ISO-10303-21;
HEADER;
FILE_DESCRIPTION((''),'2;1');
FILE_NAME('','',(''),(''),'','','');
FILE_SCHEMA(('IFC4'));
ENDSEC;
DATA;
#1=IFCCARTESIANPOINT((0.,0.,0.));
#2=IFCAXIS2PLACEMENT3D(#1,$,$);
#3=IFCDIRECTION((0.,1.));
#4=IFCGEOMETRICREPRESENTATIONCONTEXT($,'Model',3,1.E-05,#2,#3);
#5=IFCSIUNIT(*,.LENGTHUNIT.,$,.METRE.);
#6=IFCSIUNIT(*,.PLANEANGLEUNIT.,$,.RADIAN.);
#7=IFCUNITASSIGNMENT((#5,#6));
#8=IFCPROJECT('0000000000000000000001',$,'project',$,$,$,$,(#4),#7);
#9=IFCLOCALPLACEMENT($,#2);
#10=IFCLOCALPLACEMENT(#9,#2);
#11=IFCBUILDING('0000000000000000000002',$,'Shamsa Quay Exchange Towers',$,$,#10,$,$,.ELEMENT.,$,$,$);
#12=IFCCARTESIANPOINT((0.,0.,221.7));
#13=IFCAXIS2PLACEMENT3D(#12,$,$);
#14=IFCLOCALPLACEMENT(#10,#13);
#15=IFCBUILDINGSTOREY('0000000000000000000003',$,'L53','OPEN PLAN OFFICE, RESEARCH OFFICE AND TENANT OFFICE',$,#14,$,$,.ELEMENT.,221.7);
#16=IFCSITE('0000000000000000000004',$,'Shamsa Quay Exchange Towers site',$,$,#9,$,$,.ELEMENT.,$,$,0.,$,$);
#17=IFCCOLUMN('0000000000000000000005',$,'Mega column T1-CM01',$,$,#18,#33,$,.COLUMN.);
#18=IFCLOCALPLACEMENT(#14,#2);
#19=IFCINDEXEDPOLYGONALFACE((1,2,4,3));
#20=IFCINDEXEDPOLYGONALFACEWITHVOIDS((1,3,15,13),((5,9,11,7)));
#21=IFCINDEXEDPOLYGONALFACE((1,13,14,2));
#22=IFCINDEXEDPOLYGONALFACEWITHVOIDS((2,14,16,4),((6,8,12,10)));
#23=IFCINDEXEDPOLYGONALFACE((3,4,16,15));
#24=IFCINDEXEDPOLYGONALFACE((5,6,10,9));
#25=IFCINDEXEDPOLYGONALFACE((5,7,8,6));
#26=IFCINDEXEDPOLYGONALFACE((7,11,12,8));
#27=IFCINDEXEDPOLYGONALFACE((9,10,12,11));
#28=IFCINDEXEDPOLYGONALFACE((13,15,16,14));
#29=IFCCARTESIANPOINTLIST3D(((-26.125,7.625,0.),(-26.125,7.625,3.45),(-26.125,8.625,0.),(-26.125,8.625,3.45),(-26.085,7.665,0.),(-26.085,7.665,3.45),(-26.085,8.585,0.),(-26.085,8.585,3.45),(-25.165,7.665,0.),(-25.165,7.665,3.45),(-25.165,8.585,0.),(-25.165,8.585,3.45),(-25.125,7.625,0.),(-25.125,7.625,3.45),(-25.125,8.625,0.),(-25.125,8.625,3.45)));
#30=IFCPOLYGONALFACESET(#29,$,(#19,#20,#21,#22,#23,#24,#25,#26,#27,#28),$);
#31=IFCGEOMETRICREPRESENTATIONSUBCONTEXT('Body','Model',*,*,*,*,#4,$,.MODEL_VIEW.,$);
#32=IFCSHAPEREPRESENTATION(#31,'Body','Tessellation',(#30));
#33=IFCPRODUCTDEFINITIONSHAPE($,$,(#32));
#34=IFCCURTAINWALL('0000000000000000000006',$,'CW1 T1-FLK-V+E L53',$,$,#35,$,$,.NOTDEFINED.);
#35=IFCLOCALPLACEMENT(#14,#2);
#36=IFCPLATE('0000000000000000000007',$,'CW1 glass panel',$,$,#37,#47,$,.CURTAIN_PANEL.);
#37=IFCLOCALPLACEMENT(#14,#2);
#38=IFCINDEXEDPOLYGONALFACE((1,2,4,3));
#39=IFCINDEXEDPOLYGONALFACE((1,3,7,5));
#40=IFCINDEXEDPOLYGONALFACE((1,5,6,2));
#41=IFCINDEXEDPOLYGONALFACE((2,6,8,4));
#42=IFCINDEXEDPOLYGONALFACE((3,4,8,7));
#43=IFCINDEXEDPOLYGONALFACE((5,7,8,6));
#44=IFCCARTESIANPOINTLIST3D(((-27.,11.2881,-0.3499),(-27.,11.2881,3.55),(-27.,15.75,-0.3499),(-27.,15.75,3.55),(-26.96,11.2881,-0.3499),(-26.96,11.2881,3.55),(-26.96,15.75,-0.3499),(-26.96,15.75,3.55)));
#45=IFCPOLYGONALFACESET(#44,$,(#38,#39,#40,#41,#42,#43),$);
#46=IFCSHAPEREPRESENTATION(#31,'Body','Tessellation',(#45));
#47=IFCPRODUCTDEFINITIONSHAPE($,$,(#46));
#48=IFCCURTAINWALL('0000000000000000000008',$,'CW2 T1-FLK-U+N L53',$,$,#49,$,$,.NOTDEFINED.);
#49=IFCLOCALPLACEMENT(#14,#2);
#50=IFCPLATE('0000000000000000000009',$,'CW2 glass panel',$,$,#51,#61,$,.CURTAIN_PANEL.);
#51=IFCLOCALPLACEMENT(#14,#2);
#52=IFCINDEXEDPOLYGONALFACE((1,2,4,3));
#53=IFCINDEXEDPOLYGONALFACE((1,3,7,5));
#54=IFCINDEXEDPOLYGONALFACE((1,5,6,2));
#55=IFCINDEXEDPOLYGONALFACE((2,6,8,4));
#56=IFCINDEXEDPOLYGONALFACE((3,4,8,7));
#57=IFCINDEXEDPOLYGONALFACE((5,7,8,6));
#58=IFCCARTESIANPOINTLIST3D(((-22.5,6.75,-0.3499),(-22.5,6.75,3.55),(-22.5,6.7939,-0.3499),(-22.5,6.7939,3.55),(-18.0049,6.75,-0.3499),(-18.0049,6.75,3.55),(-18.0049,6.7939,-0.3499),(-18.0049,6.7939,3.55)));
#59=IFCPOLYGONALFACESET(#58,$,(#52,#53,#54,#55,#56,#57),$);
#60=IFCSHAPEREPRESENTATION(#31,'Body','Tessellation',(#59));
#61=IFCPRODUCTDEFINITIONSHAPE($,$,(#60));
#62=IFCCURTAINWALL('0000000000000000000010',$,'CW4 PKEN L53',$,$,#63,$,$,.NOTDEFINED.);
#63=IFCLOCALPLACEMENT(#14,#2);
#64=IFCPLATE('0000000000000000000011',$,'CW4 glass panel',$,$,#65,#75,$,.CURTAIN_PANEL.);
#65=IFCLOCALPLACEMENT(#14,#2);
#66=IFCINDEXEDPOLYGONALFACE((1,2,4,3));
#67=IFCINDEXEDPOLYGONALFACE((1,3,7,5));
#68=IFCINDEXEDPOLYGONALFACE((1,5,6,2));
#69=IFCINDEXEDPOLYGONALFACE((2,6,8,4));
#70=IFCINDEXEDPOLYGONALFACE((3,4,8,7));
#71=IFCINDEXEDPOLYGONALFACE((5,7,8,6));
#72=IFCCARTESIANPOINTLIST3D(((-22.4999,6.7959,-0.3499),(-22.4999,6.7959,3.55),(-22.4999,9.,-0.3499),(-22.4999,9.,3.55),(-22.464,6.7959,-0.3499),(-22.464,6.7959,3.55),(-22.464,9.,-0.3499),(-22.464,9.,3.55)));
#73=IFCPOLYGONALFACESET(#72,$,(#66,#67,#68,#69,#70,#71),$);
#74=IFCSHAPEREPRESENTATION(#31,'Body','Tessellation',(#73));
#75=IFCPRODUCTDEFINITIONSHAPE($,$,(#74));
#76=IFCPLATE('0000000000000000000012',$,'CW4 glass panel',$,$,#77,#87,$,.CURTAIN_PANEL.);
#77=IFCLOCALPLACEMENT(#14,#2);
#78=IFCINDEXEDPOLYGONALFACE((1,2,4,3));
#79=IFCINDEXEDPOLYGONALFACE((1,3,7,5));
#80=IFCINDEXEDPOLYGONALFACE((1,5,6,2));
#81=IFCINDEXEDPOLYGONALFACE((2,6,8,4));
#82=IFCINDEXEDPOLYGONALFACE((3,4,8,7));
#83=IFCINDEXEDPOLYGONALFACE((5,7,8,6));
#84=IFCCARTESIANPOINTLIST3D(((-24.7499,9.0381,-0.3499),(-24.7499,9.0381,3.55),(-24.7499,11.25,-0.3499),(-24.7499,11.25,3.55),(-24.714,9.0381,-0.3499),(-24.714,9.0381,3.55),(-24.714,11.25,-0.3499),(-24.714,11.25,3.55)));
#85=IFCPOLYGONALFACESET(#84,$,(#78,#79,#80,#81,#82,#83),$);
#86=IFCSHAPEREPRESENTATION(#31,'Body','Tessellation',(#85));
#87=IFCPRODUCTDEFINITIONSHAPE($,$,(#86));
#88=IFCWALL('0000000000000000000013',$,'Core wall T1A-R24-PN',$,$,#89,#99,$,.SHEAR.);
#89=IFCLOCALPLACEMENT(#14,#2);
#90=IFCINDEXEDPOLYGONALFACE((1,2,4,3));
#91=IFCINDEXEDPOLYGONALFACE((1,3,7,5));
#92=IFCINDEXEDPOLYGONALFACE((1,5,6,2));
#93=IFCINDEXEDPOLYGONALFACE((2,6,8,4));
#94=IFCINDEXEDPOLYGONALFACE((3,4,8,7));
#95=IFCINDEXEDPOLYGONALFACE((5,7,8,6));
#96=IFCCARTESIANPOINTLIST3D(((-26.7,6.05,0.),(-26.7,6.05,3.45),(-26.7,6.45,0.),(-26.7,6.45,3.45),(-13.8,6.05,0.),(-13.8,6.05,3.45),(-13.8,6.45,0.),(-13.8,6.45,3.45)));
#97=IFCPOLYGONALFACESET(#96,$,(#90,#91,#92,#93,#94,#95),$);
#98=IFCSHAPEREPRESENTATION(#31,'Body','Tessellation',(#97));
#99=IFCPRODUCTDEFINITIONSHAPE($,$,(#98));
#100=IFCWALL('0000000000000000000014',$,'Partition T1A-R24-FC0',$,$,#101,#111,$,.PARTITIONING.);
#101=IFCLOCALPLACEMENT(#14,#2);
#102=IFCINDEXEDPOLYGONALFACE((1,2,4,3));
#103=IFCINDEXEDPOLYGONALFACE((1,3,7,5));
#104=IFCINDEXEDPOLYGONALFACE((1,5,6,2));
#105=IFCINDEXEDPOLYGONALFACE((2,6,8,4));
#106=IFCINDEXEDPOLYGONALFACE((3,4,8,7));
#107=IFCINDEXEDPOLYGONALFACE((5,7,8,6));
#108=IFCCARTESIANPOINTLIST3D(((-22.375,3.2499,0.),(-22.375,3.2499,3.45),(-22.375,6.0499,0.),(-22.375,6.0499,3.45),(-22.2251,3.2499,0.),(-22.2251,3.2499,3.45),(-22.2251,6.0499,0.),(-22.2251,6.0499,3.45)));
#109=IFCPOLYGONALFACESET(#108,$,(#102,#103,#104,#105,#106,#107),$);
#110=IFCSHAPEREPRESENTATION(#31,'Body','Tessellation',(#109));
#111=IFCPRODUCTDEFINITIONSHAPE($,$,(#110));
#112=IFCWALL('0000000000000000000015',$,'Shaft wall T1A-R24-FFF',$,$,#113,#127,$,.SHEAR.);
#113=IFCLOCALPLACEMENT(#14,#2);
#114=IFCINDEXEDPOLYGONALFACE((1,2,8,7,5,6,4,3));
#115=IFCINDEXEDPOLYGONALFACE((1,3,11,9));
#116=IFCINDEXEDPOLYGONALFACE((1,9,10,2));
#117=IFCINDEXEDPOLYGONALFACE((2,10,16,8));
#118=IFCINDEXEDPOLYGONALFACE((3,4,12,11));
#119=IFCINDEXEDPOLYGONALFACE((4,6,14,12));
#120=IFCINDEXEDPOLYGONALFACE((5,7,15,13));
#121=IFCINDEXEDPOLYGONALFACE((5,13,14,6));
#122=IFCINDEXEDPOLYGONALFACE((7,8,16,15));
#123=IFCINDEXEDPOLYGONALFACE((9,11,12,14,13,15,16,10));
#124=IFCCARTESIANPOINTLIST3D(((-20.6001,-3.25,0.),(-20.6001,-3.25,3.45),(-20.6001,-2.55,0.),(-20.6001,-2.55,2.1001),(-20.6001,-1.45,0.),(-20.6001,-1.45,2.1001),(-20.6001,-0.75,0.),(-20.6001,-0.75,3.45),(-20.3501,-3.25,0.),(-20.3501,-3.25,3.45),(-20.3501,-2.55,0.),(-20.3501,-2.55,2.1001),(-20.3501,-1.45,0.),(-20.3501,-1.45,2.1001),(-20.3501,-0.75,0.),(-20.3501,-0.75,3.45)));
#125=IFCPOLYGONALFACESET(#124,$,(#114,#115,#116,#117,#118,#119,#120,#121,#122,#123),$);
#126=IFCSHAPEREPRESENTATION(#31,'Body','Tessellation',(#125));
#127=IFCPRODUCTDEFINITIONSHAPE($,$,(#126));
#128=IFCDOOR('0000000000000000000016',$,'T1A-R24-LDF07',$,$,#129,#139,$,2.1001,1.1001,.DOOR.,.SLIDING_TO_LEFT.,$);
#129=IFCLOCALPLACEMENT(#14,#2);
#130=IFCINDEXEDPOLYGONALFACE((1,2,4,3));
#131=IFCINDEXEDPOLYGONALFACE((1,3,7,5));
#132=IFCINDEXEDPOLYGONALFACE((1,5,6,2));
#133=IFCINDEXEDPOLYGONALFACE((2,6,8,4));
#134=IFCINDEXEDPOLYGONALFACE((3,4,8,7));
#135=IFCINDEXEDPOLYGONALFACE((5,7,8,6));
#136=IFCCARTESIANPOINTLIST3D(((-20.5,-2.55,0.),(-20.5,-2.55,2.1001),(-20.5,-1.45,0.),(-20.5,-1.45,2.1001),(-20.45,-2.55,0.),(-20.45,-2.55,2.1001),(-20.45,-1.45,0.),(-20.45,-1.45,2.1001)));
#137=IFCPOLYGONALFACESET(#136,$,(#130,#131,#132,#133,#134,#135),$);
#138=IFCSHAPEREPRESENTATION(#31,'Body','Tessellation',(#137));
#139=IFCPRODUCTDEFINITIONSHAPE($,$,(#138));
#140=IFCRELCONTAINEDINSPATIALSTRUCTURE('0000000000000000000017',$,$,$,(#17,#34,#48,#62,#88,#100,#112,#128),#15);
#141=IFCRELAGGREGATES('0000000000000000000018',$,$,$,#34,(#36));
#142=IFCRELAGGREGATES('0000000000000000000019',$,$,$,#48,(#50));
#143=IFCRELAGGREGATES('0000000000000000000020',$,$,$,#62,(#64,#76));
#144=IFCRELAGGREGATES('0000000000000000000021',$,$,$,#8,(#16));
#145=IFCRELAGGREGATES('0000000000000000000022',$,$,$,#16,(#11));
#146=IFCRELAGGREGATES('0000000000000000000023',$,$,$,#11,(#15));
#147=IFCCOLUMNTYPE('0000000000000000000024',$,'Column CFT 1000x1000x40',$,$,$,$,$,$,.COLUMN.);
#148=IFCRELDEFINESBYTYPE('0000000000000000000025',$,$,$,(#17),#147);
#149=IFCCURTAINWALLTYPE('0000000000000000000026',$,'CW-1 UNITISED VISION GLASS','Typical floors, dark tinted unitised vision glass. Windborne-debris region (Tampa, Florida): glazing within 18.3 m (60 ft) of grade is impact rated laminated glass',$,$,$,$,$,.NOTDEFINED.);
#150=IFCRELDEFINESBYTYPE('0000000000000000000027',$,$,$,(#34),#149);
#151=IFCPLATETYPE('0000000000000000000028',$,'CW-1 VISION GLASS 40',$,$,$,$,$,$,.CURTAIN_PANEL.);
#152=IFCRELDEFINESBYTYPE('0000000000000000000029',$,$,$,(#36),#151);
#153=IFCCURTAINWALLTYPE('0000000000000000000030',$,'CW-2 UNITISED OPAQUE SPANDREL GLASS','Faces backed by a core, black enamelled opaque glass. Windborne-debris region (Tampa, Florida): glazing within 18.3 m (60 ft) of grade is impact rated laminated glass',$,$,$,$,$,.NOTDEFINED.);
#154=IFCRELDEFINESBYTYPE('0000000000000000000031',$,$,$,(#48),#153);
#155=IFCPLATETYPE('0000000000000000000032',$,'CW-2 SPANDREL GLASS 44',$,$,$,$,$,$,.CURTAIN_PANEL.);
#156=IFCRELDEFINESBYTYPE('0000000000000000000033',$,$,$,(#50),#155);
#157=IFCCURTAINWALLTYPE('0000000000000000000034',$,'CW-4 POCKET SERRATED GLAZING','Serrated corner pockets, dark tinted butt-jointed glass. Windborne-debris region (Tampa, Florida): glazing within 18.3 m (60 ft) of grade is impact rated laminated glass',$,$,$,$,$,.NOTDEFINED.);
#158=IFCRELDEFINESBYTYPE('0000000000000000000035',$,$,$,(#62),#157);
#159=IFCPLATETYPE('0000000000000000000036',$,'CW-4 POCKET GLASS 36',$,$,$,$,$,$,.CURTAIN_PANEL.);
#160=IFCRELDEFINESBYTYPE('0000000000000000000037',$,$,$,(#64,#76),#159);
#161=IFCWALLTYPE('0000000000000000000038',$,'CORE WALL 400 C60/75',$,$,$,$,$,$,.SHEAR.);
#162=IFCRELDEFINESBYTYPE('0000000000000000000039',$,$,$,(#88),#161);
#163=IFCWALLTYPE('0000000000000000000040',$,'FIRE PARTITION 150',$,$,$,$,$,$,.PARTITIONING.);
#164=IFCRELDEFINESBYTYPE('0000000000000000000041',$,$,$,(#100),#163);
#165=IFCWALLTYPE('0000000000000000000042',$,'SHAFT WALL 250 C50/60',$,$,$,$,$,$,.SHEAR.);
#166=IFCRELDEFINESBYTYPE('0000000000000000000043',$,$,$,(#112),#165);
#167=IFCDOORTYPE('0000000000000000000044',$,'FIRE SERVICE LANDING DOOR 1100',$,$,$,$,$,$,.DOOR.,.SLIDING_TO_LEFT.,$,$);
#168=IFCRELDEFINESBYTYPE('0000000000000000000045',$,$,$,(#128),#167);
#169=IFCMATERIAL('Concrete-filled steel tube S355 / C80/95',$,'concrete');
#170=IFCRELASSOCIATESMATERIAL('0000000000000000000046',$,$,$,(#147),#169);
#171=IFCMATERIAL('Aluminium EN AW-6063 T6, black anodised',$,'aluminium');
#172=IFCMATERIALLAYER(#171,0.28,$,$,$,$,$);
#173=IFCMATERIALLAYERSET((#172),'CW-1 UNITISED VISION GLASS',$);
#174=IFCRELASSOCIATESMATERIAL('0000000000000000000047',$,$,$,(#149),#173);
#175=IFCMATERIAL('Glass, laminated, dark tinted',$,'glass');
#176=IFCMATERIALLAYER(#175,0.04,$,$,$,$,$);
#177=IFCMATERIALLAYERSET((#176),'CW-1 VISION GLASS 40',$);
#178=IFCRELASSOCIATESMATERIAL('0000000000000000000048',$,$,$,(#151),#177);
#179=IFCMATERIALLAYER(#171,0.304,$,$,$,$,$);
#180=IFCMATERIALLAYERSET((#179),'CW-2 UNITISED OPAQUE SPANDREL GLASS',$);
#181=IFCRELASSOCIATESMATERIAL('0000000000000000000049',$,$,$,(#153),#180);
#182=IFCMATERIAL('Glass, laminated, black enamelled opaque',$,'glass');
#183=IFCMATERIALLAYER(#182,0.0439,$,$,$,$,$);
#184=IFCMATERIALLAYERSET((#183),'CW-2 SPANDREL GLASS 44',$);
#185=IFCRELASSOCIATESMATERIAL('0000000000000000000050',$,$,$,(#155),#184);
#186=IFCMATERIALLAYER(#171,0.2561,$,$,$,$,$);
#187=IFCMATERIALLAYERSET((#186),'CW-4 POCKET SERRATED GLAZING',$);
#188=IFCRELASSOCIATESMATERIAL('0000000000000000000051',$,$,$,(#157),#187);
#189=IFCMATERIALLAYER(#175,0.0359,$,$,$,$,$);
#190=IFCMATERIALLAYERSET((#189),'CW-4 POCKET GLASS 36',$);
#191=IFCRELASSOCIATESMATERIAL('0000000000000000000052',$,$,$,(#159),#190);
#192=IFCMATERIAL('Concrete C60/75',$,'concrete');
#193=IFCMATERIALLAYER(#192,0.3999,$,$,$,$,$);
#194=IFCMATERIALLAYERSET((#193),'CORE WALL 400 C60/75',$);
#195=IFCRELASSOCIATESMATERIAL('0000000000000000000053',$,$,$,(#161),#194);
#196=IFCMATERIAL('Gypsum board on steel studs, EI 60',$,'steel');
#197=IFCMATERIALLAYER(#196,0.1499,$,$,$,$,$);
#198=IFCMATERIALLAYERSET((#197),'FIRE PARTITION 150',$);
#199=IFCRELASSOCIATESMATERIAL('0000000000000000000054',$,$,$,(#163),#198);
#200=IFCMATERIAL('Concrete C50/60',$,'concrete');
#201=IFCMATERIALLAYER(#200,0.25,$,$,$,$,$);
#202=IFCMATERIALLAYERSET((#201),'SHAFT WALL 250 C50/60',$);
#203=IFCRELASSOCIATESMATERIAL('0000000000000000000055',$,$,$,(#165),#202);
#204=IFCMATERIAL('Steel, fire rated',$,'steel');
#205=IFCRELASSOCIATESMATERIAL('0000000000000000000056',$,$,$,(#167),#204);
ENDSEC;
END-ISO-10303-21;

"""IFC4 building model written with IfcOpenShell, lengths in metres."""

from ifc_helpers import new_model, si_unit, direction, frame, frame_2d, origin, origin_2d, place, context, subcontext, project, spatial, rectangle, hollow_rectangle, extrude, material, layer, layer_set, material_profile, profile_set, type_object, element, fill, aggregate, save


model = new_model("IFC4")

# Units and contexts
model_context = context("Model", 3, precision=1e-05, world=origin(), true_north=direction((0.0, 1.0)))
body_context = subcontext(model_context, "Body", "Model", "MODEL_VIEW")
ifc_project = project(units=[si_unit("LENGTHUNIT", "METRE"), si_unit("PLANEANGLEUNIT", "RADIAN")], contexts=[model_context])

# Site, building, storey
site_placement = place(None, origin())
site = spatial("IfcSite", under=ifc_project, at=site_placement, Name="Shamsa Quay Exchange Towers site", CompositionType="ELEMENT", RefElevation=0.0)
building_placement = place(site_placement, origin())
building = spatial("IfcBuilding", under=site, at=building_placement, Name="Shamsa Quay Exchange Towers", CompositionType="ELEMENT")
storey_placement = place(building_placement, frame((0.0, 0.0, 221.7)))
storey = spatial("IfcBuildingStorey", under=building, at=storey_placement, Name="L53", Description="OPEN PLAN OFFICE, RESEARCH OFFICE AND TENANT OFFICE", CompositionType="ELEMENT", Elevation=221.7)

# Column
ifc_material_1 = material(Name="Concrete-filled steel tube S355 / C80/95", Category="concrete")
ifc_material_profile = material_profile(ifc_material_1, hollow_rectangle(XDim=1.0, YDim=1.0, WallThickness=0.04, at=origin_2d()), Name="CFT 1000x1000x40")
ifc_profile_set = profile_set([ifc_material_profile], Name="Concrete-filled steel tube S355 / C80/95")
column_type = type_object("IfcColumnType", Name="Column CFT 1000x1000x40", PredefinedType="COLUMN", material=ifc_profile_set)
column_placement = place(storey_placement, frame((-25.625, 8.125, 0.0)))
element("IfcColumn", 1, at=column_placement, inside=storey, type_object=column_type, Name="Mega column T1-CM01", PredefinedType="COLUMN", context=body_context, shape_type="SweptSolid", body=[
    extrude(hollow_rectangle(XDim=1.0, YDim=1.0, WallThickness=0.04, at=origin_2d()), origin(), (0.0, 0.0, 1.0), 3.45),
])

# Curtain walls, plates
ifc_material_2 = material(Name="Aluminium EN AW-6063 T6, black anodised", Category="aluminium")
ifc_layer_1 = layer(ifc_material_2, 0.28)
ifc_layer_set_1 = layer_set([ifc_layer_1], Name="CW-1 UNITISED VISION GLASS")
curtain_wall_type_1 = type_object("IfcCurtainWallType", Name="CW-1 UNITISED VISION GLASS", Description="Typical floors, dark tinted unitised vision glass. Windborne-debris region (Tampa, Florida): glazing within 18.3 m (60 ft) of grade is impact rated laminated glass", PredefinedType="NOTDEFINED", material=ifc_layer_set_1)
curtain_wall_1_placement = place(storey_placement, origin())
curtain_wall_1 = element("IfcCurtainWall", 2, at=curtain_wall_1_placement, inside=storey, type_object=curtain_wall_type_1, Name="CW1 T1-FLK-V+E L53", PredefinedType="NOTDEFINED")
ifc_material_3 = material(Name="Glass, laminated, dark tinted", Category="glass")
ifc_layer_2 = layer(ifc_material_3, 0.04)
ifc_layer_set_2 = layer_set([ifc_layer_2], Name="CW-1 VISION GLASS 40")
plate_type_1 = type_object("IfcPlateType", Name="CW-1 VISION GLASS 40", PredefinedType="CURTAIN_PANEL", material=ifc_layer_set_2)
plate_1_placement = place(storey_placement, frame((-26.98, 13.519, -0.3499), z_axis=(0.0, 0.0, 1.0), x_axis=(0.0, 1.0, 0.0)))
plate_1 = element("IfcPlate", 3, at=plate_1_placement, type_object=plate_type_1, Name="CW1 glass panel", PredefinedType="CURTAIN_PANEL", context=body_context, shape_type="SweptSolid", body=[
    extrude(rectangle(XDim=4.4619, YDim=0.04, at=origin_2d()), origin(), (0.0, 0.0, 1.0), 3.8999),
])
aggregate(curtain_wall_1, [plate_1])
ifc_layer_3 = layer(ifc_material_2, 0.304)
ifc_layer_set_3 = layer_set([ifc_layer_3], Name="CW-2 UNITISED OPAQUE SPANDREL GLASS")
curtain_wall_type_2 = type_object("IfcCurtainWallType", Name="CW-2 UNITISED OPAQUE SPANDREL GLASS", Description="Faces backed by a core, black enamelled opaque glass. Windborne-debris region (Tampa, Florida): glazing within 18.3 m (60 ft) of grade is impact rated laminated glass", PredefinedType="NOTDEFINED", material=ifc_layer_set_3)
curtain_wall_2_placement = place(storey_placement, origin())
curtain_wall_2 = element("IfcCurtainWall", 4, at=curtain_wall_2_placement, inside=storey, type_object=curtain_wall_type_2, Name="CW2 T1-FLK-U+N L53", PredefinedType="NOTDEFINED")
ifc_material_4 = material(Name="Glass, laminated, black enamelled opaque", Category="glass")
ifc_layer_4 = layer(ifc_material_4, 0.0439)
ifc_layer_set_4 = layer_set([ifc_layer_4], Name="CW-2 SPANDREL GLASS 44")
plate_type_2 = type_object("IfcPlateType", Name="CW-2 SPANDREL GLASS 44", PredefinedType="CURTAIN_PANEL", material=ifc_layer_set_4)
plate_2_placement = place(storey_placement, frame((-20.2524, 6.772, -0.3499), z_axis=(0.0, 0.0, 1.0), x_axis=(-1.0, 0.0, 0.0)))
plate_2 = element("IfcPlate", 5, at=plate_2_placement, type_object=plate_type_2, Name="CW2 glass panel", PredefinedType="CURTAIN_PANEL", context=body_context, shape_type="SweptSolid", body=[
    extrude(rectangle(XDim=4.4951, YDim=0.0439, at=origin_2d()), origin(), (0.0, 0.0, 1.0), 3.8999),
])
aggregate(curtain_wall_2, [plate_2])

# Curtain wall, plates
ifc_layer_5 = layer(ifc_material_2, 0.2561)
ifc_layer_set_5 = layer_set([ifc_layer_5], Name="CW-4 POCKET SERRATED GLAZING")
curtain_wall_type_3 = type_object("IfcCurtainWallType", Name="CW-4 POCKET SERRATED GLAZING", Description="Serrated corner pockets, dark tinted butt-jointed glass. Windborne-debris region (Tampa, Florida): glazing within 18.3 m (60 ft) of grade is impact rated laminated glass", PredefinedType="NOTDEFINED", material=ifc_layer_set_5)
curtain_wall_3_placement = place(storey_placement, origin())
curtain_wall_3 = element("IfcCurtainWall", 6, at=curtain_wall_3_placement, inside=storey, type_object=curtain_wall_type_3, Name="CW4 PKEN L53", PredefinedType="NOTDEFINED")
ifc_layer_6 = layer(ifc_material_3, 0.0359)
ifc_layer_set_6 = layer_set([ifc_layer_6], Name="CW-4 POCKET GLASS 36")
plate_type_3 = type_object("IfcPlateType", Name="CW-4 POCKET GLASS 36", PredefinedType="CURTAIN_PANEL", material=ifc_layer_set_6)
plate_3_placement = place(storey_placement, frame((-22.4819, 7.8979, -0.3499), z_axis=(0.0, 0.0, 1.0), x_axis=(0.0, 1.0, 0.0)))
plate_3 = element("IfcPlate", 7, at=plate_3_placement, type_object=plate_type_3, Name="CW4 glass panel", PredefinedType="CURTAIN_PANEL", context=body_context, shape_type="SweptSolid", body=[
    extrude(rectangle(XDim=2.2041, YDim=0.0359, at=origin_2d()), origin(), (0.0, 0.0, 1.0), 3.8999),
])
plate_4_placement = place(storey_placement, frame((-24.7319, 10.144, -0.3499), z_axis=(0.0, 0.0, 1.0), x_axis=(0.0, 1.0, 0.0)))
plate_4 = element("IfcPlate", 8, at=plate_4_placement, type_object=plate_type_3, Name="CW4 glass panel", PredefinedType="CURTAIN_PANEL", context=body_context, shape_type="SweptSolid", body=[
    extrude(rectangle(XDim=2.2119, YDim=0.0359, at=origin_2d()), origin(), (0.0, 0.0, 1.0), 3.8999),
])
aggregate(curtain_wall_3, [plate_3, plate_4])

# Wall
ifc_material_5 = material(Name="Concrete C60/75", Category="concrete")
ifc_layer_7 = layer(ifc_material_5, 0.3999)
ifc_layer_set_7 = layer_set([ifc_layer_7], Name="CORE WALL 400 C60/75")
wall_type_1 = type_object("IfcWallType", Name="CORE WALL 400 C60/75", PredefinedType="SHEAR", material=ifc_layer_set_7)
wall_1_placement = place(storey_placement, frame((-26.7, 6.25, 0.0)))
element("IfcWall", 9, at=wall_1_placement, inside=storey, type_object=wall_type_1, Name="Core wall T1A-R24-PN", PredefinedType="SHEAR", context=body_context, shape_type="SweptSolid", body=[
    extrude(rectangle(XDim=12.8999, YDim=0.3999, at=frame_2d((6.45, 0.0))), origin(), (0.0, 0.0, 1.0), 3.45),
])

# Shared definitions
ifc_material_6 = material(Name="Steel, fire rated", Category="steel")

# Wall
ifc_material_7 = material(Name="Gypsum board on steel studs, EI 60", Category="steel")
ifc_layer_8 = layer(ifc_material_7, 0.1499)
ifc_layer_set_8 = layer_set([ifc_layer_8], Name="FIRE PARTITION 150")
wall_type_2 = type_object("IfcWallType", Name="FIRE PARTITION 150", PredefinedType="PARTITIONING", material=ifc_layer_set_8)
wall_2_placement = place(storey_placement, frame((-22.3, 3.25, 0.0), z_axis=(0.0, 0.0, 1.0), x_axis=(0.0, 1.0, 0.0)))
element("IfcWall", 10, at=wall_2_placement, inside=storey, type_object=wall_type_2, Name="Partition T1A-R24-FC0", PredefinedType="PARTITIONING", context=body_context, shape_type="SweptSolid", body=[
    extrude(rectangle(XDim=2.8, YDim=0.1499, at=frame_2d((1.3999, 0.0))), origin(), (0.0, 0.0, 1.0), 3.45),
])

# Wall, opening, door
ifc_material_8 = material(Name="Concrete C50/60", Category="concrete")
ifc_layer_9 = layer(ifc_material_8, 0.25)
ifc_layer_set_9 = layer_set([ifc_layer_9], Name="SHAFT WALL 250 C50/60")
wall_type_3 = type_object("IfcWallType", Name="SHAFT WALL 250 C50/60", PredefinedType="SHEAR", material=ifc_layer_set_9)
wall_3_placement = place(storey_placement, frame((-20.4751, -3.25, 0.0), z_axis=(0.0, 0.0, 1.0), x_axis=(0.0, 1.0, 0.0)))
wall_3 = element("IfcWall", 11, at=wall_3_placement, inside=storey, type_object=wall_type_3, Name="Shaft wall T1A-R24-FFF", PredefinedType="SHEAR", context=body_context, shape_type="SweptSolid", body=[
    extrude(rectangle(XDim=2.5, YDim=0.25, at=frame_2d((1.25, 0.0))), origin(), (0.0, 0.0, 1.0), 3.45),
])
opening_1_placement = place(wall_3_placement, frame((0.7, 0.0, 0.0)))
opening_1 = element("IfcOpeningElement", 12, at=opening_1_placement, cuts=wall_3, PredefinedType="OPENING", context=body_context, shape_type="SweptSolid", body=[
    extrude(rectangle(XDim=1.1001, YDim=2.1001, at=frame_2d((0.55, 1.05))), frame((0.0, 0.135, 0.0), z_axis=(0.0, -1.0, 0.0), x_axis=(1.0, 0.0, 0.0)), (0.0, 0.0, 1.0), 0.27),
])
door_type_1 = type_object("IfcDoorType", Name="FIRE SERVICE LANDING DOOR 1100", OperationType="SLIDING_TO_LEFT", PredefinedType="DOOR", material=ifc_material_6)
door_1_placement = place(opening_1_placement, origin())
door_1 = element("IfcDoor", 13, at=door_1_placement, inside=storey, type_object=door_type_1, Name="T1A-R24-LDF07", OperationType="SLIDING_TO_LEFT", OverallHeight=2.1001, OverallWidth=1.1001, PredefinedType="DOOR", context=body_context, shape_type="SweptSolid", body=[
    extrude(rectangle(XDim=1.1001, YDim=2.1001, at=frame_2d((0.55, 1.05))), frame((0.0, 0.0249, 0.0), z_axis=(0.0, -1.0, 0.0), x_axis=(1.0, 0.0, 0.0)), (0.0, 0.0, 1.0), 0.05),
])
fill(opening_1, door_1)

save(model, "model.ifc")
